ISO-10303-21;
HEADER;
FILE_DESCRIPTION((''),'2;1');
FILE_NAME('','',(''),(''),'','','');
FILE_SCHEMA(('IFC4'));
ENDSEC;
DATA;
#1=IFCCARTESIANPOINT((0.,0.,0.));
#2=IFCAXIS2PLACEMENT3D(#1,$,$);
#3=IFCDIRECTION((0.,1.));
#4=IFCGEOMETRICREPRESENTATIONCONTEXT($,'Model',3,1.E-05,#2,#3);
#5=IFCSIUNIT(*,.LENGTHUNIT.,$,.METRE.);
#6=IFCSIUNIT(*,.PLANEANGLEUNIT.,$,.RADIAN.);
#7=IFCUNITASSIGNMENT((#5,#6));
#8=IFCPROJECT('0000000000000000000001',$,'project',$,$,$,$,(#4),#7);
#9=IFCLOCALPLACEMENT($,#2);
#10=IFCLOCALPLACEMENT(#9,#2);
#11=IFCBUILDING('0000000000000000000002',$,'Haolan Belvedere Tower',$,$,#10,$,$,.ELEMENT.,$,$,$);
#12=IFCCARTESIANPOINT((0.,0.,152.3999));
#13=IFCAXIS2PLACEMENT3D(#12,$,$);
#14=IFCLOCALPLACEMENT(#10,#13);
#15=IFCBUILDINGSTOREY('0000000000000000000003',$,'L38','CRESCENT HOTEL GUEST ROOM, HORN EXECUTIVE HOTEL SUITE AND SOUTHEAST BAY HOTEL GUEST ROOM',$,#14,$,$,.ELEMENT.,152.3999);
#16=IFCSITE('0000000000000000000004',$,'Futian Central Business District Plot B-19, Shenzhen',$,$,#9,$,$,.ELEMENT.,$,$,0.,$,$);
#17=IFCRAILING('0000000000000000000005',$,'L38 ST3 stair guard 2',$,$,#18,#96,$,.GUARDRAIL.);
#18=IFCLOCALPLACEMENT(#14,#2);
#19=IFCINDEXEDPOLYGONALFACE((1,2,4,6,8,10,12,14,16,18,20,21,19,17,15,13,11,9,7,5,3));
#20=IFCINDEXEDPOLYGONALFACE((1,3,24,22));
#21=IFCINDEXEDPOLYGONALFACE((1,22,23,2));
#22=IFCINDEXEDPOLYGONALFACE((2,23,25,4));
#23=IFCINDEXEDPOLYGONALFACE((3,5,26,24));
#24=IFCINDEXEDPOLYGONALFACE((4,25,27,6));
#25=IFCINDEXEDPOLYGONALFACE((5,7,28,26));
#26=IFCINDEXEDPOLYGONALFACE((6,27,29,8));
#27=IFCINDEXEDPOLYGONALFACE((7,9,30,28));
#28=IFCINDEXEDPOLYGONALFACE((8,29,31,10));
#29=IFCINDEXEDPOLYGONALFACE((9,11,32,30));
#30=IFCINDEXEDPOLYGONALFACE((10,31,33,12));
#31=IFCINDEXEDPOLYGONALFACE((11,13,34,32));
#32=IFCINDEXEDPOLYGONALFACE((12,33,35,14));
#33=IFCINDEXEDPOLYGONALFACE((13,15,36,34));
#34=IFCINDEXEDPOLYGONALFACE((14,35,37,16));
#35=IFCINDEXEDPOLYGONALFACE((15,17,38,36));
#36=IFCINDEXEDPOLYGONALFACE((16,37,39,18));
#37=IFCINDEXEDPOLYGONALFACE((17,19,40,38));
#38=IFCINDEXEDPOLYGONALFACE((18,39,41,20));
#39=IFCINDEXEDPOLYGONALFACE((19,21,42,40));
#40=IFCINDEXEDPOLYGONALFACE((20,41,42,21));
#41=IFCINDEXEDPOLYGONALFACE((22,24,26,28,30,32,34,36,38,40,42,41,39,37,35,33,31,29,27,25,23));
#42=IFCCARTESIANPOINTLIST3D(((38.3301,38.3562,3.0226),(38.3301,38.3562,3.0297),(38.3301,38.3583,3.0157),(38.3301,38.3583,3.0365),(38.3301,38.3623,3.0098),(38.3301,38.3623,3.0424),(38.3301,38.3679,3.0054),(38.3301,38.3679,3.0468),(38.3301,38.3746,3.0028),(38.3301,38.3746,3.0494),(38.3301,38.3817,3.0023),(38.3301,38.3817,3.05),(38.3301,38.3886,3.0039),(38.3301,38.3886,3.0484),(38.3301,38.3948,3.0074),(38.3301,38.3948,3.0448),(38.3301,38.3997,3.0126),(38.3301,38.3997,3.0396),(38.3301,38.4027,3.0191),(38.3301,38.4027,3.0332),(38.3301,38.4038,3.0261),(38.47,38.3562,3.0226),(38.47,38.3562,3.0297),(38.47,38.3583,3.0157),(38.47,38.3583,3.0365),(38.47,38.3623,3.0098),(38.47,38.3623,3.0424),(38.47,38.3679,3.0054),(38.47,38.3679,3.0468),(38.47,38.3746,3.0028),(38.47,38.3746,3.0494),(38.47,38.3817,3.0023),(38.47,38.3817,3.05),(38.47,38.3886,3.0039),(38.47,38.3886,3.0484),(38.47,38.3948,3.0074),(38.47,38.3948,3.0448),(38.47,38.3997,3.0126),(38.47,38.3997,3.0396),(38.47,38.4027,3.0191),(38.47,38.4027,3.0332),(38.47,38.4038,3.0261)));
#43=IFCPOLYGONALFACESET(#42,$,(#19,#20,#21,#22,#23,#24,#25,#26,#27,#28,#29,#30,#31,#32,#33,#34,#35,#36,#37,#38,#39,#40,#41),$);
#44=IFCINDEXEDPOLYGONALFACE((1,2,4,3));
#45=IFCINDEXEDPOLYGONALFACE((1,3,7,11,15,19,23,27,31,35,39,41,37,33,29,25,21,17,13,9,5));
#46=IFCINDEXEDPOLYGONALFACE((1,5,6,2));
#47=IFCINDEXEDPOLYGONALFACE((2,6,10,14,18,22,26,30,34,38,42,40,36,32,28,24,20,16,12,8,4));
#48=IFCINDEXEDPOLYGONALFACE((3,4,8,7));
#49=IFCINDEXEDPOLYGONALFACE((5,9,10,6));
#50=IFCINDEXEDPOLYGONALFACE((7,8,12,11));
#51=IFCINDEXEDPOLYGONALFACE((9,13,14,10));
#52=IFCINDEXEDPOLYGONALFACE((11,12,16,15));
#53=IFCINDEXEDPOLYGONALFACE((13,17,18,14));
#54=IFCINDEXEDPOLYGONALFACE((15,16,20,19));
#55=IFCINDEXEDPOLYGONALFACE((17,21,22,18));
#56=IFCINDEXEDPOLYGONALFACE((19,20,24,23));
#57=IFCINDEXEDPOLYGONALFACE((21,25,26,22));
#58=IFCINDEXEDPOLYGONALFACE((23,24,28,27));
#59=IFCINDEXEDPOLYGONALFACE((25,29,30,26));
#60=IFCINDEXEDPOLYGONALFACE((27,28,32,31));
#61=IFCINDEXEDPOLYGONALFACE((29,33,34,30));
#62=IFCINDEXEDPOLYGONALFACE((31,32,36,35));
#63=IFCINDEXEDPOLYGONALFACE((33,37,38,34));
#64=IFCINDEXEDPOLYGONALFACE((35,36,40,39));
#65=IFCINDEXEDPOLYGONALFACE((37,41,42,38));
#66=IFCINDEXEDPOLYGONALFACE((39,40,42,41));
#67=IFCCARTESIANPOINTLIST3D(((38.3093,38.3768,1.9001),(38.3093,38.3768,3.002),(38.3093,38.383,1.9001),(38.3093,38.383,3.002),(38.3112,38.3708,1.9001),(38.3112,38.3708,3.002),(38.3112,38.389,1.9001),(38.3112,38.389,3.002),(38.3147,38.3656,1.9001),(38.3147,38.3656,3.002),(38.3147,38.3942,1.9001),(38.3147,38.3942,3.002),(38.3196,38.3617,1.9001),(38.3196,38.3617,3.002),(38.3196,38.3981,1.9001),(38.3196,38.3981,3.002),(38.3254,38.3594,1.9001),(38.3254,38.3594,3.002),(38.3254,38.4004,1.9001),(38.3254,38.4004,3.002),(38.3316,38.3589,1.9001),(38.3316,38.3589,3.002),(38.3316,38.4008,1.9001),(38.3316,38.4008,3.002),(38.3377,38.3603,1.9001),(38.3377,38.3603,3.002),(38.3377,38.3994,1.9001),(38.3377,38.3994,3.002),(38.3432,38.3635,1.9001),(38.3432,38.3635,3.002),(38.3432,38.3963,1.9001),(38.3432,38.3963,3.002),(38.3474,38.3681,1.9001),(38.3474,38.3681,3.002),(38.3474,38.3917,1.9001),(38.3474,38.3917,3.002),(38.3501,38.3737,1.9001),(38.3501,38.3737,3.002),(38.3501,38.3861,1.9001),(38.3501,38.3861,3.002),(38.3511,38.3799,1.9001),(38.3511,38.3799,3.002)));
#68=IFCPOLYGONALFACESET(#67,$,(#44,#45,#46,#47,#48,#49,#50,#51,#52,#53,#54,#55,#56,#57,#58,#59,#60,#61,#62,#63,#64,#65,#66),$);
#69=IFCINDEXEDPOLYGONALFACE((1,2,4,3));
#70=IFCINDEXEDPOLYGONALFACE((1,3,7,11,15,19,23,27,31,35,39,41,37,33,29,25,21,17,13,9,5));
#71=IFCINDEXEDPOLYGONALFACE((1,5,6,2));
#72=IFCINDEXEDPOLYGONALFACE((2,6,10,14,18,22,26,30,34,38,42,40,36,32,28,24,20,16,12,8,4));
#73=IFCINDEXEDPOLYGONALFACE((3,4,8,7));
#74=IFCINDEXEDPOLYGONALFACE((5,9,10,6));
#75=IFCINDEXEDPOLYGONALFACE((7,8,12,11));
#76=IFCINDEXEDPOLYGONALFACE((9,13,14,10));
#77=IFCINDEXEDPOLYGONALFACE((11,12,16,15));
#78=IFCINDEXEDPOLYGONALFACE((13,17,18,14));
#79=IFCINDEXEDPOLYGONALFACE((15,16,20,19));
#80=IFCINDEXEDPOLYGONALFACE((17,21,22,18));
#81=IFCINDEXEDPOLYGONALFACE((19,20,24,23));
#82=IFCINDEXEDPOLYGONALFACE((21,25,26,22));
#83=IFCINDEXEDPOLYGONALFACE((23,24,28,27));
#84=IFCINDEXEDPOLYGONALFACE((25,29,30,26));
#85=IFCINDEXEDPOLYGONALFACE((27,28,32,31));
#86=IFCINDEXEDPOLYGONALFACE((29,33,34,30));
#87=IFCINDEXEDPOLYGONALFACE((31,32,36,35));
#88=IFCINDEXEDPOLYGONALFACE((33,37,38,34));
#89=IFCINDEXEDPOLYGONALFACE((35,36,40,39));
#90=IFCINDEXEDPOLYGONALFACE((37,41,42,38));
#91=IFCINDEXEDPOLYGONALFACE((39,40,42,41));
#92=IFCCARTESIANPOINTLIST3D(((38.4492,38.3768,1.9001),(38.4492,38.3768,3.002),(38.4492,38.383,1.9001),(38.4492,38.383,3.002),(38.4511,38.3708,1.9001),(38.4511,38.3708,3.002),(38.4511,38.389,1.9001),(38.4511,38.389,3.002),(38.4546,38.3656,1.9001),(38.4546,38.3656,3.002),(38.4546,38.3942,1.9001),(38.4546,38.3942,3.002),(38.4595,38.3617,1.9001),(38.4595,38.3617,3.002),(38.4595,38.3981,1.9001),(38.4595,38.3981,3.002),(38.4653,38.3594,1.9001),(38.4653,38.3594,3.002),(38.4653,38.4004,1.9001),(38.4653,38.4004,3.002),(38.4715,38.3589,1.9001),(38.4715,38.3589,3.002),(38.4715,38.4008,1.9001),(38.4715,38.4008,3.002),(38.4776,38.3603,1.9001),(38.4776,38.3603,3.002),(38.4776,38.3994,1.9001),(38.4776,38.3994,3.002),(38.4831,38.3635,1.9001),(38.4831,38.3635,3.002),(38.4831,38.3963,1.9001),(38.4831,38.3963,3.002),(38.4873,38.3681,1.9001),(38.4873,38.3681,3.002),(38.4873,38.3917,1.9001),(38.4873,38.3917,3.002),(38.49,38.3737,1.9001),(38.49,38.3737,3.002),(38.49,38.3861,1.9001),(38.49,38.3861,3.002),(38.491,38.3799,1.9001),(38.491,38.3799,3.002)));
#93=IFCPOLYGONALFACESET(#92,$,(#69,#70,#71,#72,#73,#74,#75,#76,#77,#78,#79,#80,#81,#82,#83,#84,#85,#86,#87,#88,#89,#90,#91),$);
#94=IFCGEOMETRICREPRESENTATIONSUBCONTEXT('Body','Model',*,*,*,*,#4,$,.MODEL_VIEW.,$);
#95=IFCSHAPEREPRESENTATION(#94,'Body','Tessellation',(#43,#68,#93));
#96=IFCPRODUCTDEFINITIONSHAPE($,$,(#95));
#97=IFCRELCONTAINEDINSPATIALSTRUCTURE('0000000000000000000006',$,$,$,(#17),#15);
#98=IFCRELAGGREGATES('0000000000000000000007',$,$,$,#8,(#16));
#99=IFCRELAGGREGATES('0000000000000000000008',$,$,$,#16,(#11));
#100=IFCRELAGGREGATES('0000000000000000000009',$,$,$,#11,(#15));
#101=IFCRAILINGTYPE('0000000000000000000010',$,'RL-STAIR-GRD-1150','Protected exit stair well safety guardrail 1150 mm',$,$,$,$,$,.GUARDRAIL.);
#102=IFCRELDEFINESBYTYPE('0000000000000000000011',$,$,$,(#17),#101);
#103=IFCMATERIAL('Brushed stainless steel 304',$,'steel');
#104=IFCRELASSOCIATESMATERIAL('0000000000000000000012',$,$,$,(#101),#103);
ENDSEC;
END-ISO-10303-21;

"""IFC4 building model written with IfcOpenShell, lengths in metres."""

from ifc_helpers import new_model, si_unit, direction, frame, origin, origin_2d, place, context, subcontext, project, spatial, circle, extrude, material, type_object, element, save


model = new_model("IFC4")

# Units and contexts
model_context = context("Model", 3, precision=1e-05, world=origin(), true_north=direction((0.0, 1.0)))
body_context = subcontext(model_context, "Body", "Model", "MODEL_VIEW")
ifc_project = project(units=[si_unit("LENGTHUNIT", "METRE"), si_unit("PLANEANGLEUNIT", "RADIAN")], contexts=[model_context])

# Site, building, storey
site_placement = place(None, origin())
site = spatial("IfcSite", under=ifc_project, at=site_placement, Name="Futian Central Business District Plot B-19, Shenzhen", CompositionType="ELEMENT", RefElevation=0.0)
building_placement = place(site_placement, origin())
building = spatial("IfcBuilding", under=site, at=building_placement, Name="Haolan Belvedere Tower", CompositionType="ELEMENT")
storey_placement = place(building_placement, frame((0.0, 0.0, 152.3999)))
storey = spatial("IfcBuildingStorey", under=building, at=storey_placement, Name="L38", Description="CRESCENT HOTEL GUEST ROOM, HORN EXECUTIVE HOTEL SUITE AND SOUTHEAST BAY HOTEL GUEST ROOM", CompositionType="ELEMENT", Elevation=152.3999)

# Railing
ifc_material_1 = material(Name="Brushed stainless steel 304", Category="steel")
railing_type_1 = type_object("IfcRailingType", Name="RL-STAIR-GRD-1150", Description="Protected exit stair well safety guardrail 1150 mm", PredefinedType="GUARDRAIL", material=ifc_material_1)
railing_1_placement = place(storey_placement, frame((38.3301, 38.3799, 1.9001)))
element("IfcRailing", 1, at=railing_1_placement, inside=storey, type_object=railing_type_1, Name="L38 ST3 stair guard 2", PredefinedType="GUARDRAIL", context=body_context, shape_type="SweptSolid", body=[
    extrude(circle(Radius=0.0239, at=origin_2d()), frame((0.0, 0.0, 1.126), z_axis=(1.0, 0.0, 0.0), x_axis=(0.0, 1.0, 0.0)), (0.0, 0.0, 1.0), 0.1399),
    extrude(circle(Radius=0.021, at=origin_2d()), origin(), (0.0, 0.0, 1.0), 1.1018),
    extrude(circle(Radius=0.021, at=origin_2d()), frame((0.1399, 0.0, 0.0)), (0.0, 0.0, 1.0), 1.1018),
])

save(model, "model.ifc")
